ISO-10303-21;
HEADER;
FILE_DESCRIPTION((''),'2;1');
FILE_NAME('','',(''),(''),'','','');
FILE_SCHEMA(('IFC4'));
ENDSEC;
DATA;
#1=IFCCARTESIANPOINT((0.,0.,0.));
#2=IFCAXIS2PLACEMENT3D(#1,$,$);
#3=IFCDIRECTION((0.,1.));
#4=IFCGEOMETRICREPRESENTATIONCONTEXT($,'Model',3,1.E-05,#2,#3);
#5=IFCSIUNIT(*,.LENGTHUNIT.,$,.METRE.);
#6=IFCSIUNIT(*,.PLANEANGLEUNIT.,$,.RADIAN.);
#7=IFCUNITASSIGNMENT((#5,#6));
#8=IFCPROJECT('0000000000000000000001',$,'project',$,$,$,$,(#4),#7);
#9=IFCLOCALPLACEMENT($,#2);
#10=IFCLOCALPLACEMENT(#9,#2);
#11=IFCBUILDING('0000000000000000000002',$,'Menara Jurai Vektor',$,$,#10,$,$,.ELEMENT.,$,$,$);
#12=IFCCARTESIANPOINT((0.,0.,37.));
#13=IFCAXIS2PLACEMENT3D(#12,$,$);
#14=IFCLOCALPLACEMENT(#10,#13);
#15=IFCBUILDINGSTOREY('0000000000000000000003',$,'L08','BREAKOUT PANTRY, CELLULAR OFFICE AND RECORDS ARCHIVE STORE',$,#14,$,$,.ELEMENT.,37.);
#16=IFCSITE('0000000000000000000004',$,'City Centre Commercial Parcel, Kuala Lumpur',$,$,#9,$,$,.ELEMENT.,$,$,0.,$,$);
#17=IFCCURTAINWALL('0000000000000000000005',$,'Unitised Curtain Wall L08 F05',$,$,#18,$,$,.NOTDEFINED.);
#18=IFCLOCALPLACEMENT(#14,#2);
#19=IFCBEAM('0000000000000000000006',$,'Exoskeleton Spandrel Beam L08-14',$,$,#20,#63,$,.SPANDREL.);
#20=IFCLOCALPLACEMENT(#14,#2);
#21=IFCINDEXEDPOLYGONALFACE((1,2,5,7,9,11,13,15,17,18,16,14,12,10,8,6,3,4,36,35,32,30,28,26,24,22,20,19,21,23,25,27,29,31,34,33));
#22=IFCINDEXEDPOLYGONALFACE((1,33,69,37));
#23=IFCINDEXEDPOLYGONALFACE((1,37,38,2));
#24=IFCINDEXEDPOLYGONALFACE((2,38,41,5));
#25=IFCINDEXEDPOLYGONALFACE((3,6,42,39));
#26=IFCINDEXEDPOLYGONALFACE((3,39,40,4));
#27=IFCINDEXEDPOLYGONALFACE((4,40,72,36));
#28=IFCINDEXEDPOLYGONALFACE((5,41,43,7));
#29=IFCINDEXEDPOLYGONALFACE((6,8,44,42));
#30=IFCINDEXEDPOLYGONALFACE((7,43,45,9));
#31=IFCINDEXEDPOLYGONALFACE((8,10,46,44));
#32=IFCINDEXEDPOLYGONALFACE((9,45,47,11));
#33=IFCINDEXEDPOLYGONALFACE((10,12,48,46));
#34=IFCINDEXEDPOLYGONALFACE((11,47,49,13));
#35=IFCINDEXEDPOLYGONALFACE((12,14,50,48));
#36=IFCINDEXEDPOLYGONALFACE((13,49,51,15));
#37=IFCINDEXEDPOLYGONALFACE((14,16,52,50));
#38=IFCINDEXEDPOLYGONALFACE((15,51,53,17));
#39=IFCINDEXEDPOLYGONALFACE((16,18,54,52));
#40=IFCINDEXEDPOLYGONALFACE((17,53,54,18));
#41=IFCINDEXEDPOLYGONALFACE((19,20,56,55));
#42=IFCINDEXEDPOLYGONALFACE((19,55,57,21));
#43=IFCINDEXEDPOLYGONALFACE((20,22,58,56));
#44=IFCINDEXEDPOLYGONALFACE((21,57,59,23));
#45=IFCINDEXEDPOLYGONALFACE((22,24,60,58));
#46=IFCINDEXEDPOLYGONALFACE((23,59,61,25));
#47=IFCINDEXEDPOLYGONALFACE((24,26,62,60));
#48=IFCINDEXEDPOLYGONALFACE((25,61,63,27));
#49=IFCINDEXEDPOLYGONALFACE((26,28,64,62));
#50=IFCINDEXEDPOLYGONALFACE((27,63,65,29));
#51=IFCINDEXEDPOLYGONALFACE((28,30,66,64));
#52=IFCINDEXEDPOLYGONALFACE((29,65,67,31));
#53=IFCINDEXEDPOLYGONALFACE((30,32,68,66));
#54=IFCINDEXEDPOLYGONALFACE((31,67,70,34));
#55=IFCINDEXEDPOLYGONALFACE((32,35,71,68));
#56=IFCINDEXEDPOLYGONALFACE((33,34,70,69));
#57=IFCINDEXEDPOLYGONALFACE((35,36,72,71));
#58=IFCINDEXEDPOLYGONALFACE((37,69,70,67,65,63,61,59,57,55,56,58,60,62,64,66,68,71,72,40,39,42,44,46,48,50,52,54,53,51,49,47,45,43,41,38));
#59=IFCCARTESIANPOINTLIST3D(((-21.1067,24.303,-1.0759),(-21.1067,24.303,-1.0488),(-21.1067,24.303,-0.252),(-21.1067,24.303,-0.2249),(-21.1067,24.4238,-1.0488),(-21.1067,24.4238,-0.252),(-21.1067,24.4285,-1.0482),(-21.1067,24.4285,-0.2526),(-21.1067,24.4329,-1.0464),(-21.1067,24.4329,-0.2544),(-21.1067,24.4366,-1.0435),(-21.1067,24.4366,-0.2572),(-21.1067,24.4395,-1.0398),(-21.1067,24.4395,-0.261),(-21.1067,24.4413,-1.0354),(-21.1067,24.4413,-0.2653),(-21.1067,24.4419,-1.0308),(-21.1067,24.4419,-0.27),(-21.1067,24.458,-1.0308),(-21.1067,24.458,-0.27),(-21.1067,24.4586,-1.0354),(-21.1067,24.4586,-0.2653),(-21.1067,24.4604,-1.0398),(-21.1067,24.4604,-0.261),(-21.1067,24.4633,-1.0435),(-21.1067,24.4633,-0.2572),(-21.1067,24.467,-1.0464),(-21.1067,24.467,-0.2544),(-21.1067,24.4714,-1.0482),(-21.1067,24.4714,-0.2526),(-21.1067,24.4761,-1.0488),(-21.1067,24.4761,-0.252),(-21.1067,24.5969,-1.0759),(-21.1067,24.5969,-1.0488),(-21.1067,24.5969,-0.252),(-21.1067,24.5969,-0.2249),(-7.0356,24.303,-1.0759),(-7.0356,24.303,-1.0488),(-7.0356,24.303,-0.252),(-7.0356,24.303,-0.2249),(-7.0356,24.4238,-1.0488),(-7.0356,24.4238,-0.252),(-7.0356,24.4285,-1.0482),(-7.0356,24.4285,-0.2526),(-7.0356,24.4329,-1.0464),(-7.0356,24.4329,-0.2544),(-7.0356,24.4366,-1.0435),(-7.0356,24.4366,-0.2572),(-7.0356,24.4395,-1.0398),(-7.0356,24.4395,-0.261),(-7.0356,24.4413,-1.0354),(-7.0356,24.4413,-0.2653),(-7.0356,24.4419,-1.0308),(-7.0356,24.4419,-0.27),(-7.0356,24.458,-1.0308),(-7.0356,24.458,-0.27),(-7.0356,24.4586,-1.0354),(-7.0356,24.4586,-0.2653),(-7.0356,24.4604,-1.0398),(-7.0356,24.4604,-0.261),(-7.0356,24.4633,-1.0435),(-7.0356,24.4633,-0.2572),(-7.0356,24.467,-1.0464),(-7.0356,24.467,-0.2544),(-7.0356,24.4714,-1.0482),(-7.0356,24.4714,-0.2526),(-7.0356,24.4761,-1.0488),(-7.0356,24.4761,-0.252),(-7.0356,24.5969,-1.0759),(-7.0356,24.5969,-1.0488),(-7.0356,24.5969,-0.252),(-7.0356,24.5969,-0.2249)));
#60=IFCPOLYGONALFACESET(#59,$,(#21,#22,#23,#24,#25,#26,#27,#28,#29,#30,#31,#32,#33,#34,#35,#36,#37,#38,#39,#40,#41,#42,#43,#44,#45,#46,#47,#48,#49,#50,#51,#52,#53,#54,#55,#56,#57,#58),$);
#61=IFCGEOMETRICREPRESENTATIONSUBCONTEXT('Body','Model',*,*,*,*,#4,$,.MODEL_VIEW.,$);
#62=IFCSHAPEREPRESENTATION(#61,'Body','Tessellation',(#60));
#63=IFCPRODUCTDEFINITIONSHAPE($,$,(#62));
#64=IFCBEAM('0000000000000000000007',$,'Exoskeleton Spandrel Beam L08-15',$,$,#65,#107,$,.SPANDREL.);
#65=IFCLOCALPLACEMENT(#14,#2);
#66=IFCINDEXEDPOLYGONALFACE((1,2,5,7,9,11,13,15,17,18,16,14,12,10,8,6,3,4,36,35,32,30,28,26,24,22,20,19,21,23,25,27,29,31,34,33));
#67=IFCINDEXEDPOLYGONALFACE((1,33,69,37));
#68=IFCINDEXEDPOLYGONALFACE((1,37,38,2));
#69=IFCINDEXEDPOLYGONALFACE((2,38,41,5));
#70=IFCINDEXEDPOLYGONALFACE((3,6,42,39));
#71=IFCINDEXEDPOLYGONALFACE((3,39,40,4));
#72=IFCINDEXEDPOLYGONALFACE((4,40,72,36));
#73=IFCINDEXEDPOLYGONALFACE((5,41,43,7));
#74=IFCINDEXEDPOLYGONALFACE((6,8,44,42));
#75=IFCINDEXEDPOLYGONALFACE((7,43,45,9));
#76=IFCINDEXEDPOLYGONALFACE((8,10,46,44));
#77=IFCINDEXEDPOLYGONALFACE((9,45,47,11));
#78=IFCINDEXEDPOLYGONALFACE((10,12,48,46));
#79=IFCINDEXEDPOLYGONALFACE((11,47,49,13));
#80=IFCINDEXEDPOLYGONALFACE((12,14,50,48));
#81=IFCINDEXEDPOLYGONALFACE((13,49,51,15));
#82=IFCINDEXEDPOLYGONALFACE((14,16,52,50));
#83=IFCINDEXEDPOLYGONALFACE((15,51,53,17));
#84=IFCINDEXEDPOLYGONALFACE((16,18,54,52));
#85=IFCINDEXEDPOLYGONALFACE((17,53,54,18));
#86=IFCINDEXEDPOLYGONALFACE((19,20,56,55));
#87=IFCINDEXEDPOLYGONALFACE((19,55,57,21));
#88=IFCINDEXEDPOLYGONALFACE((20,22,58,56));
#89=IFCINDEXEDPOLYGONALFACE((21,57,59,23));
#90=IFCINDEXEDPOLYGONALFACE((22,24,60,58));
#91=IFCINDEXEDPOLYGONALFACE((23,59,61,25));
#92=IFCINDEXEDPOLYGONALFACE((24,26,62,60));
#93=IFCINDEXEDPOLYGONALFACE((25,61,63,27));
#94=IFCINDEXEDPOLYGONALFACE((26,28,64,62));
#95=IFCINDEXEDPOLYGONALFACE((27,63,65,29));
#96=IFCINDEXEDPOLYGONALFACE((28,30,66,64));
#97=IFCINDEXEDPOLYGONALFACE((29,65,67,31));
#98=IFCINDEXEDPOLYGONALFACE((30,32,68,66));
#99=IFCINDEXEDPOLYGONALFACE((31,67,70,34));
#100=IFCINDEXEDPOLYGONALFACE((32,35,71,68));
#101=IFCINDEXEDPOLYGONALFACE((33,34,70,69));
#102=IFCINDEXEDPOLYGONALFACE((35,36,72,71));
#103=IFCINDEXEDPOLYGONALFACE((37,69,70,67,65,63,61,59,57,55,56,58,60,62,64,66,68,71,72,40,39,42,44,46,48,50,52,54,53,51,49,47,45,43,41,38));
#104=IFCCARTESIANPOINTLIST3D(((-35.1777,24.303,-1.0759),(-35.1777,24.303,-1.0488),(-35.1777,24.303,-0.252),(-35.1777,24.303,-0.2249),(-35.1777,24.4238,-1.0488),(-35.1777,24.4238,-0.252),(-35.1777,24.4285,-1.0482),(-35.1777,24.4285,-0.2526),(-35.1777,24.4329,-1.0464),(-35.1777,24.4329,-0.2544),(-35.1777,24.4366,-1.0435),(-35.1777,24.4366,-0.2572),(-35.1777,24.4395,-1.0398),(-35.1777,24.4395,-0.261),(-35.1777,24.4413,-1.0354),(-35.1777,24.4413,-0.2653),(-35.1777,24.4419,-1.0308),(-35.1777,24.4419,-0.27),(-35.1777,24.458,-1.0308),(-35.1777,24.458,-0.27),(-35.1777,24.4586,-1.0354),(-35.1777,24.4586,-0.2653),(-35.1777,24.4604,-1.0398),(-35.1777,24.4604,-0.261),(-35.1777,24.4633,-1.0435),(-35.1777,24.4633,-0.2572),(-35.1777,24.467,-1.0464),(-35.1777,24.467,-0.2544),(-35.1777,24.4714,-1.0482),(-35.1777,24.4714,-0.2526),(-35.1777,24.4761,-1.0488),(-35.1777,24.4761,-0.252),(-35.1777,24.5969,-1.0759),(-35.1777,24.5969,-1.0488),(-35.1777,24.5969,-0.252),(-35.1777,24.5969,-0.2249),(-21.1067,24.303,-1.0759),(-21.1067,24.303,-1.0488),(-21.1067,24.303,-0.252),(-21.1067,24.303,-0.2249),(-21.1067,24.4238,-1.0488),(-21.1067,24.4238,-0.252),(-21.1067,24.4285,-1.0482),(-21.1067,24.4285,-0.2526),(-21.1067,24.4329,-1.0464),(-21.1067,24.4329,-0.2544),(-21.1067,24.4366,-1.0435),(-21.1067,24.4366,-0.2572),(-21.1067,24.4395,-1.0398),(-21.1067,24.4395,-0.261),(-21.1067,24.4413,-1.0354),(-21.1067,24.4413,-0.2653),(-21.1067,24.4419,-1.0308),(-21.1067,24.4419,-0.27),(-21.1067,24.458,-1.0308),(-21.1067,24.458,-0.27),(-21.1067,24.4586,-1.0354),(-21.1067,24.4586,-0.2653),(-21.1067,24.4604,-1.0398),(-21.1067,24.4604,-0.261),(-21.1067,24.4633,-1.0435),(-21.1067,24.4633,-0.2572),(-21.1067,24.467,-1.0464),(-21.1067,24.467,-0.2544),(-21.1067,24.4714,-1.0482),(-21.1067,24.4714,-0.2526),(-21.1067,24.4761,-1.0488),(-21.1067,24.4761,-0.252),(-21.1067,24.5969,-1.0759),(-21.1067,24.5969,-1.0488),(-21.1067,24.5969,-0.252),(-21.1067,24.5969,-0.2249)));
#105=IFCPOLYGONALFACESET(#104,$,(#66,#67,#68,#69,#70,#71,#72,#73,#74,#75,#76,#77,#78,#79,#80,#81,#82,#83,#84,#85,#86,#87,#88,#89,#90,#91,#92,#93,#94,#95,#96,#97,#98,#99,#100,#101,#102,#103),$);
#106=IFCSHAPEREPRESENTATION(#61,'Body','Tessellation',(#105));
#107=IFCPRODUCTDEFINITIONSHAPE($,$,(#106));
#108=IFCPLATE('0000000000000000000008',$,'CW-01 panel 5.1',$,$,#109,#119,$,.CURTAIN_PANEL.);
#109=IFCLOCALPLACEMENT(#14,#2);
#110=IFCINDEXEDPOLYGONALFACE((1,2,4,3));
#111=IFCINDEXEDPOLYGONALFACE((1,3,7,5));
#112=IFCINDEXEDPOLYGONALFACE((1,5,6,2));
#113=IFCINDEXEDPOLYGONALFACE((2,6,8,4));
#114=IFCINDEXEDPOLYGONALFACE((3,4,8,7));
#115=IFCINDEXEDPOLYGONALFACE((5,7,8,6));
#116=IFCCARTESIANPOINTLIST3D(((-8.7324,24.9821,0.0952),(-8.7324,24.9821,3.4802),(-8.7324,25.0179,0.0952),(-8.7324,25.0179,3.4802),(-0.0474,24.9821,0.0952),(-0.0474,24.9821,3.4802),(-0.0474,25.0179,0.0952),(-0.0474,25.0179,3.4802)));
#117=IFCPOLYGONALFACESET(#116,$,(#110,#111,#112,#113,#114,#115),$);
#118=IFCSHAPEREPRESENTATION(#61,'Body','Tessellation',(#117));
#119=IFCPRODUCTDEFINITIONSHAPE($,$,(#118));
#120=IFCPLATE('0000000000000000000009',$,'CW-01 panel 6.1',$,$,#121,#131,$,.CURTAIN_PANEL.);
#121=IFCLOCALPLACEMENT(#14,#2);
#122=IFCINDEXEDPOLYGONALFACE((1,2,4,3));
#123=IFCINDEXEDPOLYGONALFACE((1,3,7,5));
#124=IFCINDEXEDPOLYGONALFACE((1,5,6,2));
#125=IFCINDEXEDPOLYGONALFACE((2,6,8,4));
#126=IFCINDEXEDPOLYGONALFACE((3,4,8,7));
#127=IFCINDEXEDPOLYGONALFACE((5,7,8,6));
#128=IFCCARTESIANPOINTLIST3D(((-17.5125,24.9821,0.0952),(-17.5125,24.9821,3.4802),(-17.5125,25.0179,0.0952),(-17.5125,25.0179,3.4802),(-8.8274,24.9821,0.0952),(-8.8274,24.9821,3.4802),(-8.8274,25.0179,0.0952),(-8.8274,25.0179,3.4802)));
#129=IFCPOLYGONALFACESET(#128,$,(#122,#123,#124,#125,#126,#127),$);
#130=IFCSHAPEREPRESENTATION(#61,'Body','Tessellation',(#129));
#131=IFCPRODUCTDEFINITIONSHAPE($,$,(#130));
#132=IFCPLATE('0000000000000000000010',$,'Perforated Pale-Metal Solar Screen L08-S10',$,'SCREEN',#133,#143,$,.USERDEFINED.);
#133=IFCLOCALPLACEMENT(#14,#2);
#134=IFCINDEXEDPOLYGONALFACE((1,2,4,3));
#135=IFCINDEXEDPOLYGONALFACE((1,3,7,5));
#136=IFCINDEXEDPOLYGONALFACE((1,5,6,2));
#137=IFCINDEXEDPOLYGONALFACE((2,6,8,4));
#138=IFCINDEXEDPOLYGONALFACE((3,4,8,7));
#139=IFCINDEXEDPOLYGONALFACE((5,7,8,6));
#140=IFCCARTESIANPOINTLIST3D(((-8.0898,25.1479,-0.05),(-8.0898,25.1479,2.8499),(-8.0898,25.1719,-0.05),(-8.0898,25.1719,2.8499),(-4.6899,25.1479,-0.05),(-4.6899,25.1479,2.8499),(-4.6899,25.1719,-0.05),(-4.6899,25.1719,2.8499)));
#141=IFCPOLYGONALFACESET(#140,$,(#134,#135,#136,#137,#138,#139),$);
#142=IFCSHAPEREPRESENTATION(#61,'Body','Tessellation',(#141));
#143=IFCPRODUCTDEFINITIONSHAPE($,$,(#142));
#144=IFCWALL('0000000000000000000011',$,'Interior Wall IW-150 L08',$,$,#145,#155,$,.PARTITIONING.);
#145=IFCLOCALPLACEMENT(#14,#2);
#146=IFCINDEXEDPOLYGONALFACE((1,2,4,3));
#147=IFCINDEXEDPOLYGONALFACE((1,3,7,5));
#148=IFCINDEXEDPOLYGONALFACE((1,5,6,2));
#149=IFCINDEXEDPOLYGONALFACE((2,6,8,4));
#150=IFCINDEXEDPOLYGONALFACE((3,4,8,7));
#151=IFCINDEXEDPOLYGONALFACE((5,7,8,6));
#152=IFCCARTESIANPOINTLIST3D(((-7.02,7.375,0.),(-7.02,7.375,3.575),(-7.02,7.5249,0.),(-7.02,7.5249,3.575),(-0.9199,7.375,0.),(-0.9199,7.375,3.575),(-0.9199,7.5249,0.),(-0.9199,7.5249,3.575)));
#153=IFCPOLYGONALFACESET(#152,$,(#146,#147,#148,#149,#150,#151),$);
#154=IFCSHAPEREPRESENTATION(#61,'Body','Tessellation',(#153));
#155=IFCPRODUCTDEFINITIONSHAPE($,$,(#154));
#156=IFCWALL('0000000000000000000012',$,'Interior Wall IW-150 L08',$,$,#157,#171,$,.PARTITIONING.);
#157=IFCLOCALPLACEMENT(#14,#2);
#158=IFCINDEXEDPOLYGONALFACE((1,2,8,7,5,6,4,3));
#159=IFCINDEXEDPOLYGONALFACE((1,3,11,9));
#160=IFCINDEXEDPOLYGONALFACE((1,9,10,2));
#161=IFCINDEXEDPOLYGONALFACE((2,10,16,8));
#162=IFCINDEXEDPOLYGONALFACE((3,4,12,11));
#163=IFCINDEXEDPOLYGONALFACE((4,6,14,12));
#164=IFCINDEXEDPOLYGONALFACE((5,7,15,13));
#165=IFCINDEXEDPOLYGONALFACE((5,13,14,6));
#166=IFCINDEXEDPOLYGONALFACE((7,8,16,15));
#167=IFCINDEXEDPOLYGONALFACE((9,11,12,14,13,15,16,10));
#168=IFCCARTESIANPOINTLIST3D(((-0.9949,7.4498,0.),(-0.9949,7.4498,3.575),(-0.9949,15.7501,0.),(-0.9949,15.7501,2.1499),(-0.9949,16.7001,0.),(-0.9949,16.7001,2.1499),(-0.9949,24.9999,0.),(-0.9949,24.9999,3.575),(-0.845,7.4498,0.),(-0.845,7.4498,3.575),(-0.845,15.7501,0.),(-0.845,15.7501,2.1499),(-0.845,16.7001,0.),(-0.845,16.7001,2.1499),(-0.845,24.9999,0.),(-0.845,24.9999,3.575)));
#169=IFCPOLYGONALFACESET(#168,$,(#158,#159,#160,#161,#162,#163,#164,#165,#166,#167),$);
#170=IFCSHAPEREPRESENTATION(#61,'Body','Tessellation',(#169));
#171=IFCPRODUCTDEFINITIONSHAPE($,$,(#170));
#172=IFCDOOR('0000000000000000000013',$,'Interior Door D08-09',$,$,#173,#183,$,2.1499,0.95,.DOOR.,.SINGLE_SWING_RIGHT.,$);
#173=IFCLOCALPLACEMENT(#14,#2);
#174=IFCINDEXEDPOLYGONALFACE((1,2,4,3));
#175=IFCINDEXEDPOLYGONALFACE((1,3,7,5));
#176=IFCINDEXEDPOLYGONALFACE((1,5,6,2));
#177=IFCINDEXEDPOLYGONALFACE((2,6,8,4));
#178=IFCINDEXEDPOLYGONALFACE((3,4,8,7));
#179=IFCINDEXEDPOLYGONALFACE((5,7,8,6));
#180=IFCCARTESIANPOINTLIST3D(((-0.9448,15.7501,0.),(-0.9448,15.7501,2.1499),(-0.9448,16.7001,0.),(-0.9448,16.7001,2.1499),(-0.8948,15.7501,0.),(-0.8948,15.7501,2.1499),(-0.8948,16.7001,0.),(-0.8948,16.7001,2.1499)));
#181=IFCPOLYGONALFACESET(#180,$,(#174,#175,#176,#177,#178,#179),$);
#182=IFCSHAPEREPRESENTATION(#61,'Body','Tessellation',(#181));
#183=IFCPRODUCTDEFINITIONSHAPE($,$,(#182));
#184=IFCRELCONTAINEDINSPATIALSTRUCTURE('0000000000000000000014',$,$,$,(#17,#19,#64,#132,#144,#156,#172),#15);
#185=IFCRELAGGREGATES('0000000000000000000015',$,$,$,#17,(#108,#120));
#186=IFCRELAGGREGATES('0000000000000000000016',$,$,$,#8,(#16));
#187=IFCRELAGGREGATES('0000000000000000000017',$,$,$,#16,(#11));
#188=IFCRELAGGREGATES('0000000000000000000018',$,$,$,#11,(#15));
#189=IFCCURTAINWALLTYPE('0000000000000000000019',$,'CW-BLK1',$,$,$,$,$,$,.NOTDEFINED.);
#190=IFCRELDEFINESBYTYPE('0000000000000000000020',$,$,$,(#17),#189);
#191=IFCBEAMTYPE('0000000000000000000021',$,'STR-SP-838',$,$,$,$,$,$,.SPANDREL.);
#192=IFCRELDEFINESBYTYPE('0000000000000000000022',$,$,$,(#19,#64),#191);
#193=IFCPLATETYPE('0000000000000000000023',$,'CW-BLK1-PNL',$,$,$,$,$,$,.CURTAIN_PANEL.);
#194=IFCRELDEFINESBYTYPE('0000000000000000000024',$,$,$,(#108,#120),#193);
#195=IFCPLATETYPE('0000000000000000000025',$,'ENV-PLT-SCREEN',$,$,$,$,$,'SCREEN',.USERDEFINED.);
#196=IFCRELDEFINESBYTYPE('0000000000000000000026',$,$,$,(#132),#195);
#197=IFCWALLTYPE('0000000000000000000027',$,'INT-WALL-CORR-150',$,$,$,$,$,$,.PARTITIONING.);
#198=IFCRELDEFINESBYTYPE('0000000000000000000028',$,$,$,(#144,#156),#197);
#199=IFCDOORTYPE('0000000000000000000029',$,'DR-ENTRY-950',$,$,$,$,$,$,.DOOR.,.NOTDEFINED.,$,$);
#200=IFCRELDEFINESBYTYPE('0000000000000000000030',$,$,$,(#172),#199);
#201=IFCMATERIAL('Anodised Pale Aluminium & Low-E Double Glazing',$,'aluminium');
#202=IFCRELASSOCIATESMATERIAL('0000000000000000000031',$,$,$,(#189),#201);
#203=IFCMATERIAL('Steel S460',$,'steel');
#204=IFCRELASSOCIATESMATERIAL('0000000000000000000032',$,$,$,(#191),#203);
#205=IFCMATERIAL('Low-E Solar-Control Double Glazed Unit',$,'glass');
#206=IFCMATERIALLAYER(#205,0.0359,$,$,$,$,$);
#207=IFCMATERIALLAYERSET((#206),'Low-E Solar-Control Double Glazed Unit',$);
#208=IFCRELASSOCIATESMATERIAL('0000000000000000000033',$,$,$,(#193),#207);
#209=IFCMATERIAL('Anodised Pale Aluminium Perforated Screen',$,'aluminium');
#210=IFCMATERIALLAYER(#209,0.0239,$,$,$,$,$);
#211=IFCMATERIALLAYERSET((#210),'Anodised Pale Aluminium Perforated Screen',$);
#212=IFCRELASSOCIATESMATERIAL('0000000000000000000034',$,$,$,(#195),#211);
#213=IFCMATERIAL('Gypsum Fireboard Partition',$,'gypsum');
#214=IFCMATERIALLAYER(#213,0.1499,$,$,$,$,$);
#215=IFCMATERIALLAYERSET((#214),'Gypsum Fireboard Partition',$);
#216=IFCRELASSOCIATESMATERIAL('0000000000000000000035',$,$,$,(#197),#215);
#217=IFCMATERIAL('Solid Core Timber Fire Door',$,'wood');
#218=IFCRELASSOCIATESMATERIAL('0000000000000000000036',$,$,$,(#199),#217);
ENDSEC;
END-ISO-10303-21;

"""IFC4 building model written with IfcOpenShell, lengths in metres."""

from ifc_helpers import new_model, si_unit, direction, frame, frame_2d, origin, origin_2d, place, context, subcontext, project, spatial, rectangle, i_section, extrude, material, layer, layer_set, material_profile, profile_set, type_object, element, fill, aggregate, save


model = new_model("IFC4")

# Units and contexts
model_context = context("Model", 3, precision=1e-05, world=origin(), true_north=direction((0.0, 1.0)))
body_context = subcontext(model_context, "Body", "Model", "MODEL_VIEW")
ifc_project = project(units=[si_unit("LENGTHUNIT", "METRE"), si_unit("PLANEANGLEUNIT", "RADIAN")], contexts=[model_context])

# Site, building, storey
site_placement = place(None, origin())
site = spatial("IfcSite", under=ifc_project, at=site_placement, Name="City Centre Commercial Parcel, Kuala Lumpur", CompositionType="ELEMENT", RefElevation=0.0)
building_placement = place(site_placement, origin())
building = spatial("IfcBuilding", under=site, at=building_placement, Name="Menara Jurai Vektor", CompositionType="ELEMENT")
storey_placement = place(building_placement, frame((0.0, 0.0, 37.0)))
storey = spatial("IfcBuildingStorey", under=building, at=storey_placement, Name="L08", Description="BREAKOUT PANTRY, CELLULAR OFFICE AND RECORDS ARCHIVE STORE", CompositionType="ELEMENT", Elevation=37.0)

# Shared definitions
ifc_material_1 = material(Name="Steel S460", Category="steel")

# Curtain wall
ifc_material_2 = material(Name="Anodised Pale Aluminium & Low-E Double Glazing", Category="aluminium")
curtain_wall_type = type_object("IfcCurtainWallType", Name="CW-BLK1", PredefinedType="NOTDEFINED", material=ifc_material_2)
curtain_wall_placement = place(storey_placement, origin())
curtain_wall = element("IfcCurtainWall", 1, at=curtain_wall_placement, inside=storey, type_object=curtain_wall_type, Name="Unitised Curtain Wall L08 F05", PredefinedType="NOTDEFINED")

# Beams
ifc_material_profile_1 = material_profile(ifc_material_1, i_section(OverallWidth=0.2939, OverallDepth=0.8511, WebThickness=0.0161, FlangeThickness=0.0271, FilletRadius=0.0181, at=origin_2d()), Name="UKB 838x292x226")
ifc_profile_set_1 = profile_set([ifc_material_profile_1], Name="Steel S460")
beam_type_1 = type_object("IfcBeamType", Name="STR-SP-838", PredefinedType="SPANDREL", material=ifc_profile_set_1)
for number, where, z_axis, x_axis, name in (
    (2, (-7.0356, 24.45, -0.6504), (-1.0, 0.0, 0.0), (0.0, -1.0, 0.0), "Exoskeleton Spandrel Beam L08-14"),
    (3, (-21.1067, 24.45, -0.6504), (-1.0, 0.0, 0.0), (0.0, -1.0, 0.0), "Exoskeleton Spandrel Beam L08-15"),
):
    element("IfcBeam", number, at=place(storey_placement, frame(where, z_axis=z_axis, x_axis=x_axis)), inside=storey, type_object=beam_type_1, Name=name, PredefinedType="SPANDREL", context=body_context, shape_type="SweptSolid", body=[
        extrude(i_section(OverallWidth=0.2939, OverallDepth=0.8511, WebThickness=0.0161, FlangeThickness=0.0271, FilletRadius=0.0181, at=origin_2d()), origin(), (0.0, 0.0, 1.0), 14.071),
    ])

# Plates
ifc_material_3 = material(Name="Low-E Solar-Control Double Glazed Unit", Category="glass")
ifc_layer_1 = layer(ifc_material_3, 0.0359)
ifc_layer_set_1 = layer_set([ifc_layer_1], Name="Low-E Solar-Control Double Glazed Unit")
plate_type_1 = type_object("IfcPlateType", Name="CW-BLK1-PNL", PredefinedType="CURTAIN_PANEL", material=ifc_layer_set_1)
plate_1_placement = place(storey_placement, frame((-4.3899, 25.0, 0.0952), z_axis=(0.0, 0.0, 1.0), x_axis=(-1.0, 0.0, 0.0)))
plate_1 = element("IfcPlate", 4, at=plate_1_placement, type_object=plate_type_1, Name="CW-01 panel 5.1", PredefinedType="CURTAIN_PANEL", context=body_context, shape_type="SweptSolid", body=[
    extrude(rectangle(XDim=8.6851, YDim=0.0359, at=origin_2d()), origin(), (0.0, 0.0, 1.0), 3.385),
])
plate_2_placement = place(storey_placement, frame((-13.1699, 25.0, 0.0952), z_axis=(0.0, 0.0, 1.0), x_axis=(-1.0, 0.0, 0.0)))
plate_2 = element("IfcPlate", 5, at=plate_2_placement, type_object=plate_type_1, Name="CW-01 panel 6.1", PredefinedType="CURTAIN_PANEL", context=body_context, shape_type="SweptSolid", body=[
    extrude(rectangle(XDim=8.6851, YDim=0.0359, at=origin_2d()), origin(), (0.0, 0.0, 1.0), 3.385),
])
aggregate(curtain_wall, [plate_1, plate_2])
ifc_material_4 = material(Name="Anodised Pale Aluminium Perforated Screen", Category="aluminium")
ifc_layer_2 = layer(ifc_material_4, 0.0239)
ifc_layer_set_2 = layer_set([ifc_layer_2], Name="Anodised Pale Aluminium Perforated Screen")
plate_type_2 = type_object("IfcPlateType", Name="ENV-PLT-SCREEN", ElementType="SCREEN", PredefinedType="USERDEFINED", material=ifc_layer_set_2)
plate_3_placement = place(storey_placement, frame((-6.3899, 25.1599, -0.05), z_axis=(0.0, 0.0, 1.0), x_axis=(-1.0, 0.0, 0.0)))
element("IfcPlate", 6, at=plate_3_placement, inside=storey, type_object=plate_type_2, Name="Perforated Pale-Metal Solar Screen L08-S10", ObjectType="SCREEN", PredefinedType="USERDEFINED", context=body_context, shape_type="SweptSolid", body=[
    extrude(rectangle(XDim=3.3999, YDim=0.0239, at=origin_2d()), origin(), (0.0, 0.0, 1.0), 2.8999),
])

# Wall
ifc_material_5 = material(Name="Gypsum Fireboard Partition", Category="gypsum")
ifc_layer_3 = layer(ifc_material_5, 0.1499)
ifc_layer_set_3 = layer_set([ifc_layer_3], Name="Gypsum Fireboard Partition")
wall_type_1 = type_object("IfcWallType", Name="INT-WALL-CORR-150", PredefinedType="PARTITIONING", material=ifc_layer_set_3)
wall_1_placement = place(storey_placement, frame((-7.02, 7.45, 0.0), z_axis=(0.0, 0.0, 1.0), x_axis=(1.0, 0.0, 0.0)))
element("IfcWall", 7, at=wall_1_placement, inside=storey, type_object=wall_type_1, Name="Interior Wall IW-150 L08", PredefinedType="PARTITIONING", context=body_context, shape_type="SweptSolid", body=[
    extrude(rectangle(XDim=6.1001, YDim=0.1499, at=frame_2d((3.05, 0.0))), origin(), (0.0, 0.0, 1.0), 3.575),
])

# Wall, opening, door
wall_2_placement = place(storey_placement, frame((-0.9199, 7.45, 0.0), z_axis=(0.0, 0.0, 1.0), x_axis=(0.0, 1.0, 0.0)))
wall_2 = element("IfcWall", 8, at=wall_2_placement, inside=storey, type_object=wall_type_1, Name="Interior Wall IW-150 L08", PredefinedType="PARTITIONING", context=body_context, shape_type="SweptSolid", body=[
    extrude(rectangle(XDim=17.55, YDim=0.1499, at=frame_2d((8.7749, 0.0))), origin(), (0.0, 0.0, 1.0), 3.575),
])
opening_placement = place(wall_2_placement, frame((8.3, 0.0, 0.0)))
opening = element("IfcOpeningElement", 9, at=opening_placement, cuts=wall_2, PredefinedType="OPENING", context=body_context, shape_type="SweptSolid", body=[
    extrude(rectangle(XDim=0.95, YDim=2.1499, at=frame_2d((0.4751, 1.075))), frame((0.0, 0.085, 0.0), z_axis=(0.0, -1.0, 0.0), x_axis=(1.0, 0.0, 0.0)), (0.0, 0.0, 1.0), 0.1699),
])
ifc_material_6 = material(Name="Solid Core Timber Fire Door", Category="wood")
door_type = type_object("IfcDoorType", Name="DR-ENTRY-950", OperationType="NOTDEFINED", PredefinedType="DOOR", material=ifc_material_6)
door_placement = place(opening_placement, origin())
door = element("IfcDoor", 10, at=door_placement, inside=storey, type_object=door_type, Name="Interior Door D08-09", OperationType="SINGLE_SWING_RIGHT", OverallHeight=2.1499, OverallWidth=0.95, PredefinedType="DOOR", context=body_context, shape_type="SweptSolid", body=[
    extrude(rectangle(XDim=0.95, YDim=2.1499, at=frame_2d((0.4751, 1.075))), frame((0.0, 0.0249, 0.0), z_axis=(0.0, -1.0, 0.0), x_axis=(1.0, 0.0, 0.0)), (0.0, 0.0, 1.0), 0.05),
])
fill(opening, door)

save(model, "model.ifc")
